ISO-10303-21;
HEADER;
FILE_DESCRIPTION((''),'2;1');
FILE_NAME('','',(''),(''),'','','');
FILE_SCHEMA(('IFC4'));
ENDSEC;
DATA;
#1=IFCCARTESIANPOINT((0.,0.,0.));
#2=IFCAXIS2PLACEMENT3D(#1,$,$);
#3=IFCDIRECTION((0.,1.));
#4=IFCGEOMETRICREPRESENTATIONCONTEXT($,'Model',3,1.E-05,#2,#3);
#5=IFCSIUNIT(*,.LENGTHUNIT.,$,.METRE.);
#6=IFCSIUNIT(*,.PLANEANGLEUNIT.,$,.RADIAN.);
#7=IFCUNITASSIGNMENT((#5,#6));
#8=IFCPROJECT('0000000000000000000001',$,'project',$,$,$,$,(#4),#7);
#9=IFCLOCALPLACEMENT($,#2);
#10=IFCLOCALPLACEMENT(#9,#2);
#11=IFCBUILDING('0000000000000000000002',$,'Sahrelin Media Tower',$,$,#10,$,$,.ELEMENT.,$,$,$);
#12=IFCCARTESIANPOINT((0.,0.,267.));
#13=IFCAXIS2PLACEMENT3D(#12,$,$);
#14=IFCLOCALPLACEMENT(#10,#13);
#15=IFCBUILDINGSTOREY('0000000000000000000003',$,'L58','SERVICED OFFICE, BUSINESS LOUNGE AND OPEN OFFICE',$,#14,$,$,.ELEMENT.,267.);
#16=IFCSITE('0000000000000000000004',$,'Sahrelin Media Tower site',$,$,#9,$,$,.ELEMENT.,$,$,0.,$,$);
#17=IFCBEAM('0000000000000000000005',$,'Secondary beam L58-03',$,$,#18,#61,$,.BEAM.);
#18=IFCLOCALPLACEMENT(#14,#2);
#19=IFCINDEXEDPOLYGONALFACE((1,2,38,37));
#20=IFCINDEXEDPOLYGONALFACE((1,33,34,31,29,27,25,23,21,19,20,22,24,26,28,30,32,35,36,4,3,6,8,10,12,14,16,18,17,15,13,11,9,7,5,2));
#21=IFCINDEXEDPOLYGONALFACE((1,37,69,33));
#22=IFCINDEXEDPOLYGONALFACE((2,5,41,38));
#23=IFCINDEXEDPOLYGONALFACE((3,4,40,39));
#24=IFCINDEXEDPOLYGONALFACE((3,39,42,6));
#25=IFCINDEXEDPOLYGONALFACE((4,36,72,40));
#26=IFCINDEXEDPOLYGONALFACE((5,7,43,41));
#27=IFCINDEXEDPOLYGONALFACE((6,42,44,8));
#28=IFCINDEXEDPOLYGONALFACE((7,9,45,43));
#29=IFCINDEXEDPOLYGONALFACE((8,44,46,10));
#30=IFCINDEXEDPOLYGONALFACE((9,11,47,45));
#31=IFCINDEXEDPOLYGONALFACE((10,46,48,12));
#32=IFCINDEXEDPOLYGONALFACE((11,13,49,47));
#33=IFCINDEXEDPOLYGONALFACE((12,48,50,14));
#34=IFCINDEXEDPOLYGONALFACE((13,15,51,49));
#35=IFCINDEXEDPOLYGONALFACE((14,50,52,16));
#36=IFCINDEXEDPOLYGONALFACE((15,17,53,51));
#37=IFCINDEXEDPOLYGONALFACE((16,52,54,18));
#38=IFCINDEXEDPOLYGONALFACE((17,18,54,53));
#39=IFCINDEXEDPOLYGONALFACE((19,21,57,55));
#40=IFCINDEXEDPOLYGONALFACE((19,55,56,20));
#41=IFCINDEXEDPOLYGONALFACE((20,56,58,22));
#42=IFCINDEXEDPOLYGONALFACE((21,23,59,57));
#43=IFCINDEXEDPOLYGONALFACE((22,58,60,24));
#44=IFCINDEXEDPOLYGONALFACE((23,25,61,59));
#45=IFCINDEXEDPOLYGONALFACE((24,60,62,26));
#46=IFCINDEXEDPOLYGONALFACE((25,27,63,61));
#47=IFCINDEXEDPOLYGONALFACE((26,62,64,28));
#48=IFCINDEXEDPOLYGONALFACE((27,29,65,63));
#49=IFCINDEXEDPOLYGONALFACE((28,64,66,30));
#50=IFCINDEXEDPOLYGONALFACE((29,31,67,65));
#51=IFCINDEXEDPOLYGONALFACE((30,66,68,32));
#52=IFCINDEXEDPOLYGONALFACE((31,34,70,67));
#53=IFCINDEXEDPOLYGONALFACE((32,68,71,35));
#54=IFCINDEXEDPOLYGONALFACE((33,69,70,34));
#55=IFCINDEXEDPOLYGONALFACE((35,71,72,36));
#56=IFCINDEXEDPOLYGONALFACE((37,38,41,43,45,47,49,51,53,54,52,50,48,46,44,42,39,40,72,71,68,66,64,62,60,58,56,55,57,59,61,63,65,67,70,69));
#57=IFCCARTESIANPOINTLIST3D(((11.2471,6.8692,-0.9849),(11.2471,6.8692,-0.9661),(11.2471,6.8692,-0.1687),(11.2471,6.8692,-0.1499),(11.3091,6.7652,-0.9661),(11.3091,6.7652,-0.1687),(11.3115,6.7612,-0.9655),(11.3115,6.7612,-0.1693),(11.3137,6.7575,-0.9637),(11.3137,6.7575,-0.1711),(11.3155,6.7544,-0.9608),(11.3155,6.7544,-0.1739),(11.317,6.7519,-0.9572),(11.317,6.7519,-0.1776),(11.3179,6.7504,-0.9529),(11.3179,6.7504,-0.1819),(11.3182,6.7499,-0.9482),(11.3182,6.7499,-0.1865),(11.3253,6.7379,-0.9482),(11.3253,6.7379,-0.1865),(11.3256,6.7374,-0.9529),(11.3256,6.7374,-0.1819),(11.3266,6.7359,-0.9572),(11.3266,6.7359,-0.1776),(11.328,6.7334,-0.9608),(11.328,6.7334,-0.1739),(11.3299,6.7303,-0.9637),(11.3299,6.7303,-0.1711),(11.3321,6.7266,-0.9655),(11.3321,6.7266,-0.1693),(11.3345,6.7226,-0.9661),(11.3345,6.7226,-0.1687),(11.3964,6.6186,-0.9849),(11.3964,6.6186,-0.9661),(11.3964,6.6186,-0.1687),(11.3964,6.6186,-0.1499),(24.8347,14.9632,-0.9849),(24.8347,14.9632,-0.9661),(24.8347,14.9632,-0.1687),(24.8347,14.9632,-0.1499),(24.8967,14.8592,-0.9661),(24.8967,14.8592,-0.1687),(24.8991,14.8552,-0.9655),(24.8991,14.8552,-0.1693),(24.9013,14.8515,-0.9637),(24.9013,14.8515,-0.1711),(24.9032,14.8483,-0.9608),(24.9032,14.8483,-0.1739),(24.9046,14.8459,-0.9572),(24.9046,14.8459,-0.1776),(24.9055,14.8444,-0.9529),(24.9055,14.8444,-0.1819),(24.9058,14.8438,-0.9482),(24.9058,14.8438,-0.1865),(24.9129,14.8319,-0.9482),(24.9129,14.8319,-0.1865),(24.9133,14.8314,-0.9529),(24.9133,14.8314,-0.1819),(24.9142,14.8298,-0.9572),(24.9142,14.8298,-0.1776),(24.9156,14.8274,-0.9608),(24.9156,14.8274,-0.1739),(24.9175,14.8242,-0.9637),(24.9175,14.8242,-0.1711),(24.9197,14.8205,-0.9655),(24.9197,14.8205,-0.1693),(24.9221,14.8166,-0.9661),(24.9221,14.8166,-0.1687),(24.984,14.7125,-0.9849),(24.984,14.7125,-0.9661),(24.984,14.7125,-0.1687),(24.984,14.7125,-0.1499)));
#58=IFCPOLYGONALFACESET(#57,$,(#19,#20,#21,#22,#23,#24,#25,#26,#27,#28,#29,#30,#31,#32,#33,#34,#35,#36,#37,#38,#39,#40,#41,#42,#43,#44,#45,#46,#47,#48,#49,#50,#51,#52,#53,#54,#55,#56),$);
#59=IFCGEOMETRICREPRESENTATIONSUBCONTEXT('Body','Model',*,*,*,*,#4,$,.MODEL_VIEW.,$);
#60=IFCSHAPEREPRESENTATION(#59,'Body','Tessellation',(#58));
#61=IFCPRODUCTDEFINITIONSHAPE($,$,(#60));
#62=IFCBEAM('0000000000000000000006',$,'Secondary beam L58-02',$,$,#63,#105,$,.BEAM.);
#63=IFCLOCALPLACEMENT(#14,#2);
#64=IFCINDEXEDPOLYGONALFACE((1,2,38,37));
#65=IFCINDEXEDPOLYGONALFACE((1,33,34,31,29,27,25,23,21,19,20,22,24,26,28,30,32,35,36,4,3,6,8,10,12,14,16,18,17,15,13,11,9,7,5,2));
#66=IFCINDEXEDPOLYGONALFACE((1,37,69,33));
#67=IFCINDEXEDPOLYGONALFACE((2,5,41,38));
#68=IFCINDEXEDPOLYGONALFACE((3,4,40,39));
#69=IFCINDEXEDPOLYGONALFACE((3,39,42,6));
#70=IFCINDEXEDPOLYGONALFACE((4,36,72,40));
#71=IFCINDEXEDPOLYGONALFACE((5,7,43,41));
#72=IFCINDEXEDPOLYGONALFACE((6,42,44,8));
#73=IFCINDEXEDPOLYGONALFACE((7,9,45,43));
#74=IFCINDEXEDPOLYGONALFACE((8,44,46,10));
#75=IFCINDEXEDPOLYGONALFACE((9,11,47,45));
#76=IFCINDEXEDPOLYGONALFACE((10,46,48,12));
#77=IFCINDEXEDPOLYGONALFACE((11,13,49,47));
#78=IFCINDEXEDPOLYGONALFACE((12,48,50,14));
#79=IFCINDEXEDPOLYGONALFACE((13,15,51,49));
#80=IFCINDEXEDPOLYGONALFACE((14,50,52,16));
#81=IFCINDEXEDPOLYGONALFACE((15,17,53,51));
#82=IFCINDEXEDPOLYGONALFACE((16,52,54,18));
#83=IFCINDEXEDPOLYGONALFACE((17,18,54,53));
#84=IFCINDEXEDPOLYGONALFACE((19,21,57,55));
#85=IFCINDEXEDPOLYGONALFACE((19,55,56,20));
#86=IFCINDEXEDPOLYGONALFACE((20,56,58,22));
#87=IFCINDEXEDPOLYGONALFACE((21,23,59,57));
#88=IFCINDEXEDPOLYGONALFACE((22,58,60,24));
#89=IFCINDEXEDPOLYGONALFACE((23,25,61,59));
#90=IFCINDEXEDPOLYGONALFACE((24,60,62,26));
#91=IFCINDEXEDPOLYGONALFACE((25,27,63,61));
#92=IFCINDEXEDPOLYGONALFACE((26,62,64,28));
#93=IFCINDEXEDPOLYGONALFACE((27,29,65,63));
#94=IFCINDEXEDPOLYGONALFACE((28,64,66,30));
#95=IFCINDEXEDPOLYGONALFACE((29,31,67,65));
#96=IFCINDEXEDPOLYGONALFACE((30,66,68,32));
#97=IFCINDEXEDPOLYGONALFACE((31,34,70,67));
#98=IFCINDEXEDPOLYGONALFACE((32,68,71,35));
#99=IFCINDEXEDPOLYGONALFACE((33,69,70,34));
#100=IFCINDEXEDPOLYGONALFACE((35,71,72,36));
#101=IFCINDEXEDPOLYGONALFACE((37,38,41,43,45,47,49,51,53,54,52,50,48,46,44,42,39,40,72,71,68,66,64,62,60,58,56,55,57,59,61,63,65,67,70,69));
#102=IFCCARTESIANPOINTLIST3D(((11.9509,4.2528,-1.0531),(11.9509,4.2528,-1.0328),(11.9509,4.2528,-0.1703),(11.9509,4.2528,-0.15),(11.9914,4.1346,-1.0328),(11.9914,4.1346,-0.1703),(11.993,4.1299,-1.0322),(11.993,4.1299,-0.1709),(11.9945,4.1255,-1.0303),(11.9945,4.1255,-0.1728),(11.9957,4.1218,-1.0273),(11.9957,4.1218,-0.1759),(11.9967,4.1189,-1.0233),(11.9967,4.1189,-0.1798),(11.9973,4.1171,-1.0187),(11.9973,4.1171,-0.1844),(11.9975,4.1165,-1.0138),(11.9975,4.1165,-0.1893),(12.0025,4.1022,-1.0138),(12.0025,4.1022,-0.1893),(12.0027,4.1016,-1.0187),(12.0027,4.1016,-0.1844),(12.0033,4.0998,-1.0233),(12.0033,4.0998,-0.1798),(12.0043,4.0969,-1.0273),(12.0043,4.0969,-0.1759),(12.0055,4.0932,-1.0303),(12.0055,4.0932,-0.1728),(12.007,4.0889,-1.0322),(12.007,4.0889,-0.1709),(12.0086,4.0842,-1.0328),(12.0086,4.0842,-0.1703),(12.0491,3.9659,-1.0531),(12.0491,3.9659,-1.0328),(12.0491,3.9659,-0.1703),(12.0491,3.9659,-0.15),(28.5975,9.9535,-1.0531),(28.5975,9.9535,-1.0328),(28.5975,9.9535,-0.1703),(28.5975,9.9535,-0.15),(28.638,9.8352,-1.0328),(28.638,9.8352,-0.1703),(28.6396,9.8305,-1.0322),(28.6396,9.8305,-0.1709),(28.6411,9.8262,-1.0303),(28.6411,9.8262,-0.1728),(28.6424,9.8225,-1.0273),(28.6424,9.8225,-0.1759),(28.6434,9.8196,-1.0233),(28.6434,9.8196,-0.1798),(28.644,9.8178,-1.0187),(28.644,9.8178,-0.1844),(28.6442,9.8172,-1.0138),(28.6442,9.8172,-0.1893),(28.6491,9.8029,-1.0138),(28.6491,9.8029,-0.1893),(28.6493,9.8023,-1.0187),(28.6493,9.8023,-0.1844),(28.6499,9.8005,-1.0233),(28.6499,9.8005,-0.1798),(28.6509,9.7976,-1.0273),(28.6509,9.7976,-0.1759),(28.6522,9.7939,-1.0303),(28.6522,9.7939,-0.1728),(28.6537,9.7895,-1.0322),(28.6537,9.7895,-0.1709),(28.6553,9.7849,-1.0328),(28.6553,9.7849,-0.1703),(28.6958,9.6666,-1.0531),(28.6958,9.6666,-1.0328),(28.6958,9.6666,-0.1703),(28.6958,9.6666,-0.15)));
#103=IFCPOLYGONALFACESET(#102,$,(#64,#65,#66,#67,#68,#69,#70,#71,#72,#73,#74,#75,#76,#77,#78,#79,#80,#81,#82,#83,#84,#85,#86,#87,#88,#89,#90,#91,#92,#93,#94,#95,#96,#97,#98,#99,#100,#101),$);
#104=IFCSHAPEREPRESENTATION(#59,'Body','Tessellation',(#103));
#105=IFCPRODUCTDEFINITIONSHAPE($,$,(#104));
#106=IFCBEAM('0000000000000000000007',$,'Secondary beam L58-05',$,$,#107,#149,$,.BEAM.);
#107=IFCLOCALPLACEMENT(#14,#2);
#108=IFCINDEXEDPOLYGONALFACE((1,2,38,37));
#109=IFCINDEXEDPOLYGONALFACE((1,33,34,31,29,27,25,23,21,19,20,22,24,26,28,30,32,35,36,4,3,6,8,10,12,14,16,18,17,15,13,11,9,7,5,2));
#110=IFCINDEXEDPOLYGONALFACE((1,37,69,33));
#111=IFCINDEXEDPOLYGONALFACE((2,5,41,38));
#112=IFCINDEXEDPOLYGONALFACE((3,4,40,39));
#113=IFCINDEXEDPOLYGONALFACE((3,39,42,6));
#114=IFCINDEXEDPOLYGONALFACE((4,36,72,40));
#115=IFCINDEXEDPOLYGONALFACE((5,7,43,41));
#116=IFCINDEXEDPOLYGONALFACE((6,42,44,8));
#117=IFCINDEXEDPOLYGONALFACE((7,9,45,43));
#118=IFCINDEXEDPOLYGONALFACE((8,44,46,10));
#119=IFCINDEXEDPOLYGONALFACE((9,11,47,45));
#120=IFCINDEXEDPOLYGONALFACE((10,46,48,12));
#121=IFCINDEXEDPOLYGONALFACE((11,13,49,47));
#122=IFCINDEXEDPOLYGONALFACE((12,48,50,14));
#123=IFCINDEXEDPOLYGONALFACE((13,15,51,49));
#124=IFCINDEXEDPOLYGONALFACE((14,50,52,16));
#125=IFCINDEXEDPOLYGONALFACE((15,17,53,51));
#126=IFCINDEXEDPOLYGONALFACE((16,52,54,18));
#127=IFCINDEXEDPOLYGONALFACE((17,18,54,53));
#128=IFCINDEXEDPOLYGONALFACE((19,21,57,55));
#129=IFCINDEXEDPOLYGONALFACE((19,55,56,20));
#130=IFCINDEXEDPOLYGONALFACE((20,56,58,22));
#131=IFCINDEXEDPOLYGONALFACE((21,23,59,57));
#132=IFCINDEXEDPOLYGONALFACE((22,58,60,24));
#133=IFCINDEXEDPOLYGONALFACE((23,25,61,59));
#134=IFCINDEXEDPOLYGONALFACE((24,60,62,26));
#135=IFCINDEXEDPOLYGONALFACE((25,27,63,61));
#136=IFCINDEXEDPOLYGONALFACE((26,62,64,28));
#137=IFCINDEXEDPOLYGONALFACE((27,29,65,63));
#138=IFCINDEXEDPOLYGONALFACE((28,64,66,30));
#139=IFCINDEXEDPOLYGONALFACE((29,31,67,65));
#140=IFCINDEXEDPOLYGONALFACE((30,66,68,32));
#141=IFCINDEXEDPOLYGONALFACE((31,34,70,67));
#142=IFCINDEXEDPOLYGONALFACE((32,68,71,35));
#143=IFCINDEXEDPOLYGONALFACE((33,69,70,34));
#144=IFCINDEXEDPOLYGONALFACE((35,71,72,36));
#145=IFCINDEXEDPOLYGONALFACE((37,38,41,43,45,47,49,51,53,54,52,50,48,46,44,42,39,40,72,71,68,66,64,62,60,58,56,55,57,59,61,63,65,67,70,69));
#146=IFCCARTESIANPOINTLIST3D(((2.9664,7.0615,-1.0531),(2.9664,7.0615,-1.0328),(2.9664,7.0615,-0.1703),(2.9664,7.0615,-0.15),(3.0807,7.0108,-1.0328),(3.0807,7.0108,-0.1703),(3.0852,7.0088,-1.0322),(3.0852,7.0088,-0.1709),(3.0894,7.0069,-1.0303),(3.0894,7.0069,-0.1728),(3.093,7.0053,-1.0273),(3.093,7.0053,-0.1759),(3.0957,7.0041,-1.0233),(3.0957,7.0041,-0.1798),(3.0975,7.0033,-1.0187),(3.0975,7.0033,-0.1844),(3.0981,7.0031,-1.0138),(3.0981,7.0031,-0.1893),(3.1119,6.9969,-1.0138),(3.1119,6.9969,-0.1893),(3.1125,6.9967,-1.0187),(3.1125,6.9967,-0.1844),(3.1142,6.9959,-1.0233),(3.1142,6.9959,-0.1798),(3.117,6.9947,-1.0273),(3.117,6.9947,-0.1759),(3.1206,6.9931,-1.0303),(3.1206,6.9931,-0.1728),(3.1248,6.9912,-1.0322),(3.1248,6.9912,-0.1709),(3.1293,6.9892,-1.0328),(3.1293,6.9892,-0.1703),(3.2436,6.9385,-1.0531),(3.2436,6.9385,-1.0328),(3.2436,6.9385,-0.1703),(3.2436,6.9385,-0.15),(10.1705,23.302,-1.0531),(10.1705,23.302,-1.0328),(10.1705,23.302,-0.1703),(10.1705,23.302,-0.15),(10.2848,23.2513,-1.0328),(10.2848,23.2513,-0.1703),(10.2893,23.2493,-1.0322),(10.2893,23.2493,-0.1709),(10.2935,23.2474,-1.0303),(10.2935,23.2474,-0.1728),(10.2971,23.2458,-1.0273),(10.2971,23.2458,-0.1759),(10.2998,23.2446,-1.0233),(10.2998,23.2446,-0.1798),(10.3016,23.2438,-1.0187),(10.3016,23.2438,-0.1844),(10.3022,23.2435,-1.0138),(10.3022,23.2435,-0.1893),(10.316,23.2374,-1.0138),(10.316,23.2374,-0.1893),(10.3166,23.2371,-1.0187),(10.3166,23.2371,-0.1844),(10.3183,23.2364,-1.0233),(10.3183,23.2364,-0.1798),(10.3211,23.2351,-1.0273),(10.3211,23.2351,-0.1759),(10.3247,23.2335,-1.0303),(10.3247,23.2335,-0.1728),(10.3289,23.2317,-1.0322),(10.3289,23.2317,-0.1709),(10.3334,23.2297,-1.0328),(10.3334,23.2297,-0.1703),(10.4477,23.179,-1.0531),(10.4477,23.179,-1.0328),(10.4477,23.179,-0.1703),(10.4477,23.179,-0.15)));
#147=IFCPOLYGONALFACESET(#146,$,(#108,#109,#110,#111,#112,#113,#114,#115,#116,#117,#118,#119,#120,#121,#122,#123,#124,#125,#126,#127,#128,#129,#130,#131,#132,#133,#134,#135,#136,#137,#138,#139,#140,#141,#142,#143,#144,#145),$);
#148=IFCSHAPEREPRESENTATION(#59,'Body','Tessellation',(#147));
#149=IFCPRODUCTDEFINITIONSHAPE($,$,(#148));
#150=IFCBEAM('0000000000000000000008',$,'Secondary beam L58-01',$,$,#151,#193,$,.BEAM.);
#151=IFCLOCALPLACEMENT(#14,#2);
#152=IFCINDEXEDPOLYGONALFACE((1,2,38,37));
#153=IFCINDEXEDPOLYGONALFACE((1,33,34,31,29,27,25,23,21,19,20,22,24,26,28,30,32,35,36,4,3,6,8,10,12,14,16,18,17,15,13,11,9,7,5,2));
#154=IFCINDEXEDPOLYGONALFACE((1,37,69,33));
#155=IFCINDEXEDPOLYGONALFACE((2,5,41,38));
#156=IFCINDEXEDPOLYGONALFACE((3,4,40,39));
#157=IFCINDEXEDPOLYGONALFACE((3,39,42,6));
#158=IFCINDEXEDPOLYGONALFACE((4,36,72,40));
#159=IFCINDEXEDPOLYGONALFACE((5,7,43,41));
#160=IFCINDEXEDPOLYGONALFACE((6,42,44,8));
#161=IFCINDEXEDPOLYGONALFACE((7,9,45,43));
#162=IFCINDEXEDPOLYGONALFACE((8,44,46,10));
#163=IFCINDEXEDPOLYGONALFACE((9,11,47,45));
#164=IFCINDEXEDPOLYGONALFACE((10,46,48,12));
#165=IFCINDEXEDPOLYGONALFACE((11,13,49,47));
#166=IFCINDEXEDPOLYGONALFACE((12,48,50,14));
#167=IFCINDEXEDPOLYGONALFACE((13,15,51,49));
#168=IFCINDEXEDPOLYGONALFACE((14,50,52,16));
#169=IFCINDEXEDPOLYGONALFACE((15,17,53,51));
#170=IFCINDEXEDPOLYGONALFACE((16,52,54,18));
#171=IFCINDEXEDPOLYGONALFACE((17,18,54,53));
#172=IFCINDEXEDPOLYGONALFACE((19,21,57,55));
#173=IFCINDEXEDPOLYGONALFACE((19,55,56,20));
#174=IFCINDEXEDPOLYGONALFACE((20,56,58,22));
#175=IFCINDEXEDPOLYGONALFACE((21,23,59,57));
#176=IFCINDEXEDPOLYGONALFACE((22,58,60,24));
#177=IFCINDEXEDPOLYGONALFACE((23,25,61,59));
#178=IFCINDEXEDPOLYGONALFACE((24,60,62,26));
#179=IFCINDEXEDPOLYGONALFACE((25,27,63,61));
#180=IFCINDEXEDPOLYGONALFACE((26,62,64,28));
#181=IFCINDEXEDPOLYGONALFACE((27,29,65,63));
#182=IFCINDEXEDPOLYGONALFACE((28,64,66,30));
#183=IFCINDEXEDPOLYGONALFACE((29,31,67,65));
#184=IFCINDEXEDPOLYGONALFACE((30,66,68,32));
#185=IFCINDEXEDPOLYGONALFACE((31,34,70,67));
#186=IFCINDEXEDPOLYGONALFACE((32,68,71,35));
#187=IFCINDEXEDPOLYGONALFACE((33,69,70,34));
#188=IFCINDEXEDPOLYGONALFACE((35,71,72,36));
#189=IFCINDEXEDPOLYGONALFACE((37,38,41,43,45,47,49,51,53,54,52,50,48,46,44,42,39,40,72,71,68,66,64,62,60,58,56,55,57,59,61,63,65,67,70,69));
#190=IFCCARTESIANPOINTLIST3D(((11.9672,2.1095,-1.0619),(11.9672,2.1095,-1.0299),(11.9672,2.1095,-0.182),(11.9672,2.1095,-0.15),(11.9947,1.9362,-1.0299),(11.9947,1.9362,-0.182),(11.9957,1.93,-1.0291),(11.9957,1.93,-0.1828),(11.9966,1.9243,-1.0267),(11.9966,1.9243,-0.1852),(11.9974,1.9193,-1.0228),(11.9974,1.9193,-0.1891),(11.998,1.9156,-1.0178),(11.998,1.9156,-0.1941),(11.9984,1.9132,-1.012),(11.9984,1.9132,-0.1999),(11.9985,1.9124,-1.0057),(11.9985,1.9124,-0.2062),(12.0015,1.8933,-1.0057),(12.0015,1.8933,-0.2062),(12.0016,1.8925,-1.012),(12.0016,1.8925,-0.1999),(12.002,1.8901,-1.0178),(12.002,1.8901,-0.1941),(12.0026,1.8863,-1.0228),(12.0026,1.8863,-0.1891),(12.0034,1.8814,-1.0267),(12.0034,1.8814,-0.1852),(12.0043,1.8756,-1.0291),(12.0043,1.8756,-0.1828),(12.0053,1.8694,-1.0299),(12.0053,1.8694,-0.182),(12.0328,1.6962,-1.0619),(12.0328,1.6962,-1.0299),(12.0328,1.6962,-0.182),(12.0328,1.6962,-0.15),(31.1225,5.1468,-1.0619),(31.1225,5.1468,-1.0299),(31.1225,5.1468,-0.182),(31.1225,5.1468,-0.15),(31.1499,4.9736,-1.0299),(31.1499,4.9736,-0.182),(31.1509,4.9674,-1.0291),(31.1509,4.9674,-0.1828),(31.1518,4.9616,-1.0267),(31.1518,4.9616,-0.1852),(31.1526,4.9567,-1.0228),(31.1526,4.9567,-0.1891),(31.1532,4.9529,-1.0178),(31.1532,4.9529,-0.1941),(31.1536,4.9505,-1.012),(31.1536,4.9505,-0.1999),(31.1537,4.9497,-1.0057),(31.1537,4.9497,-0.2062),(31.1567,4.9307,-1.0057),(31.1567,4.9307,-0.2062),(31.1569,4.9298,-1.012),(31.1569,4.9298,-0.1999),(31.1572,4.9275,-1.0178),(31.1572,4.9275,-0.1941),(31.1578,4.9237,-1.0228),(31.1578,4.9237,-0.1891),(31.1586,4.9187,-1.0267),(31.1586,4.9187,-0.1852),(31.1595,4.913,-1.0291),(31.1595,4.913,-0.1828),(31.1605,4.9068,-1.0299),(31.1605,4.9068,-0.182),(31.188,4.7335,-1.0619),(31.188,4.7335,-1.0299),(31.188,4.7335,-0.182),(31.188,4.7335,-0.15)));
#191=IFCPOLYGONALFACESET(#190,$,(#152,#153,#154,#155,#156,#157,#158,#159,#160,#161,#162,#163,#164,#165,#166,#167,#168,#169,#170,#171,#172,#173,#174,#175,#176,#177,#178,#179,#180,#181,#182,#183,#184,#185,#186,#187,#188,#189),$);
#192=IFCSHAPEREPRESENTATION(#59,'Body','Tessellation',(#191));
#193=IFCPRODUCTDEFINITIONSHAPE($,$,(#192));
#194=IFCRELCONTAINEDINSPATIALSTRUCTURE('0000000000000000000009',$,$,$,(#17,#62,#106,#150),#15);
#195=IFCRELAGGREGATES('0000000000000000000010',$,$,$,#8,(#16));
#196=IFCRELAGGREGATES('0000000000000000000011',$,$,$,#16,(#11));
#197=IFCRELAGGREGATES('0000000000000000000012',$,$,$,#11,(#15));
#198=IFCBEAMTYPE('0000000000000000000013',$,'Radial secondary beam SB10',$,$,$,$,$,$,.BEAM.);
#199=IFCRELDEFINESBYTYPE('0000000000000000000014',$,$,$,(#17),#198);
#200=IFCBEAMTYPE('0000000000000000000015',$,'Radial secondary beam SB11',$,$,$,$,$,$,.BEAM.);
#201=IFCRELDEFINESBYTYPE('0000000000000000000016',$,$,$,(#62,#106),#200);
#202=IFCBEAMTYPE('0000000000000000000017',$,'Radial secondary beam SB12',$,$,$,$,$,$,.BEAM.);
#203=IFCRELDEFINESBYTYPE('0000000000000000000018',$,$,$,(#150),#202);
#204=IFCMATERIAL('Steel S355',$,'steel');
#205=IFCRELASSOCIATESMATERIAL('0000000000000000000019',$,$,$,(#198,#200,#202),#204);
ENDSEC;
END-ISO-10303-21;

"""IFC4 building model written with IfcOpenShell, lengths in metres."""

from ifc_helpers import new_model, si_unit, direction, frame, origin, origin_2d, place, context, subcontext, project, spatial, i_section, extrude, material, material_profile, profile_set, type_object, element, save


model = new_model("IFC4")

# Units and contexts
model_context = context("Model", 3, precision=1e-05, world=origin(), true_north=direction((0.0, 1.0)))
body_context = subcontext(model_context, "Body", "Model", "MODEL_VIEW")
ifc_project = project(units=[si_unit("LENGTHUNIT", "METRE"), si_unit("PLANEANGLEUNIT", "RADIAN")], contexts=[model_context])

# Site, building, storey
site_placement = place(None, origin())
site = spatial("IfcSite", under=ifc_project, at=site_placement, Name="Sahrelin Media Tower site", CompositionType="ELEMENT", RefElevation=0.0)
building_placement = place(site_placement, origin())
building = spatial("IfcBuilding", under=site, at=building_placement, Name="Sahrelin Media Tower", CompositionType="ELEMENT")
storey_placement = place(building_placement, frame((0.0, 0.0, 267.0)))
storey = spatial("IfcBuildingStorey", under=building, at=storey_placement, Name="L58", Description="SERVICED OFFICE, BUSINESS LOUNGE AND OPEN OFFICE", CompositionType="ELEMENT", Elevation=267.0)

# Beams
ifc_material_1 = material(Name="Steel S355", Category="steel")
ifc_material_profile_1 = material_profile(ifc_material_1, i_section(OverallWidth=0.2917, OverallDepth=0.835, WebThickness=0.0139, FlangeThickness=0.0188, FilletRadius=0.0178, at=origin_2d()), Name="UB 838x292x176")
ifc_profile_set_1 = profile_set([ifc_material_profile_1], Name="Steel S355")
beam_type_1 = type_object("IfcBeamType", Name="Radial secondary beam SB10", PredefinedType="BEAM", material=ifc_profile_set_1)
beam_1_placement = place(storey_placement, frame((11.3218, 6.7439, -0.5674), z_axis=(0.859123, 0.511769, 0.0), x_axis=(-0.511769, 0.859123, 0.0)))
element("IfcBeam", 1, at=beam_1_placement, inside=storey, type_object=beam_type_1, Name="Secondary beam L58-03", PredefinedType="BEAM", context=body_context, shape_type="SweptSolid", body=[
    extrude(i_section(OverallWidth=0.2917, OverallDepth=0.835, WebThickness=0.0139, FlangeThickness=0.0188, FilletRadius=0.0178, at=origin_2d()), origin(), (0.0, 0.0, 1.0), 15.8157),
])
ifc_material_profile_2 = material_profile(ifc_material_1, i_section(OverallWidth=0.3032, OverallDepth=0.9031, WebThickness=0.0151, FlangeThickness=0.0203, FilletRadius=0.019, at=origin_2d()), Name="UB 914x305x201")
ifc_profile_set_2 = profile_set([ifc_material_profile_2], Name="Steel S355")
beam_type_2 = type_object("IfcBeamType", Name="Radial secondary beam SB11", PredefinedType="BEAM", material=ifc_profile_set_2)
beam_2_placement = place(storey_placement, frame((12.0, 4.1094, -0.6016), z_axis=(0.946064, 0.32398, 0.0), x_axis=(-0.32398, 0.946064, 0.0)))
element("IfcBeam", 2, at=beam_2_placement, inside=storey, type_object=beam_type_2, Name="Secondary beam L58-02", PredefinedType="BEAM", context=body_context, shape_type="SweptSolid", body=[
    extrude(i_section(OverallWidth=0.3032, OverallDepth=0.9031, WebThickness=0.0151, FlangeThickness=0.0203, FilletRadius=0.019, at=origin_2d()), origin(), (0.0, 0.0, 1.0), 17.5957),
])
beam_3_placement = place(storey_placement, frame((3.105, 7.0, -0.6016), z_axis=(0.405486, 0.914101, 0.0), x_axis=(-0.914101, 0.405486, 0.0)))
element("IfcBeam", 3, at=beam_3_placement, inside=storey, type_object=beam_type_2, Name="Secondary beam L58-05", PredefinedType="BEAM", context=body_context, shape_type="SweptSolid", body=[
    extrude(i_section(OverallWidth=0.3032, OverallDepth=0.9031, WebThickness=0.0151, FlangeThickness=0.0203, FilletRadius=0.019, at=origin_2d()), origin(), (0.0, 0.0, 1.0), 17.7666),
])
ifc_material_profile_3 = material_profile(ifc_material_1, i_section(OverallWidth=0.4185, OverallDepth=0.9119, WebThickness=0.0193, FlangeThickness=0.032, FilletRadius=0.0242, at=origin_2d()), Name="UB 914x419x343")
ifc_profile_set_3 = profile_set([ifc_material_profile_3], Name="Steel S355")
beam_type_3 = type_object("IfcBeamType", Name="Radial secondary beam SB12", PredefinedType="BEAM", material=ifc_profile_set_3)
beam_4_placement = place(storey_placement, frame((12.0, 1.9028, -0.606), z_axis=(0.987661, 0.156608, 0.0), x_axis=(-0.156608, 0.987661, 0.0)))
element("IfcBeam", 4, at=beam_4_placement, inside=storey, type_object=beam_type_3, Name="Secondary beam L58-01", PredefinedType="BEAM", context=body_context, shape_type="SweptSolid", body=[
    extrude(i_section(OverallWidth=0.4185, OverallDepth=0.9119, WebThickness=0.0193, FlangeThickness=0.032, FilletRadius=0.0242, at=origin_2d()), origin(), (0.0, 0.0, 1.0), 19.3945),
])

save(model, "model.ifc")
